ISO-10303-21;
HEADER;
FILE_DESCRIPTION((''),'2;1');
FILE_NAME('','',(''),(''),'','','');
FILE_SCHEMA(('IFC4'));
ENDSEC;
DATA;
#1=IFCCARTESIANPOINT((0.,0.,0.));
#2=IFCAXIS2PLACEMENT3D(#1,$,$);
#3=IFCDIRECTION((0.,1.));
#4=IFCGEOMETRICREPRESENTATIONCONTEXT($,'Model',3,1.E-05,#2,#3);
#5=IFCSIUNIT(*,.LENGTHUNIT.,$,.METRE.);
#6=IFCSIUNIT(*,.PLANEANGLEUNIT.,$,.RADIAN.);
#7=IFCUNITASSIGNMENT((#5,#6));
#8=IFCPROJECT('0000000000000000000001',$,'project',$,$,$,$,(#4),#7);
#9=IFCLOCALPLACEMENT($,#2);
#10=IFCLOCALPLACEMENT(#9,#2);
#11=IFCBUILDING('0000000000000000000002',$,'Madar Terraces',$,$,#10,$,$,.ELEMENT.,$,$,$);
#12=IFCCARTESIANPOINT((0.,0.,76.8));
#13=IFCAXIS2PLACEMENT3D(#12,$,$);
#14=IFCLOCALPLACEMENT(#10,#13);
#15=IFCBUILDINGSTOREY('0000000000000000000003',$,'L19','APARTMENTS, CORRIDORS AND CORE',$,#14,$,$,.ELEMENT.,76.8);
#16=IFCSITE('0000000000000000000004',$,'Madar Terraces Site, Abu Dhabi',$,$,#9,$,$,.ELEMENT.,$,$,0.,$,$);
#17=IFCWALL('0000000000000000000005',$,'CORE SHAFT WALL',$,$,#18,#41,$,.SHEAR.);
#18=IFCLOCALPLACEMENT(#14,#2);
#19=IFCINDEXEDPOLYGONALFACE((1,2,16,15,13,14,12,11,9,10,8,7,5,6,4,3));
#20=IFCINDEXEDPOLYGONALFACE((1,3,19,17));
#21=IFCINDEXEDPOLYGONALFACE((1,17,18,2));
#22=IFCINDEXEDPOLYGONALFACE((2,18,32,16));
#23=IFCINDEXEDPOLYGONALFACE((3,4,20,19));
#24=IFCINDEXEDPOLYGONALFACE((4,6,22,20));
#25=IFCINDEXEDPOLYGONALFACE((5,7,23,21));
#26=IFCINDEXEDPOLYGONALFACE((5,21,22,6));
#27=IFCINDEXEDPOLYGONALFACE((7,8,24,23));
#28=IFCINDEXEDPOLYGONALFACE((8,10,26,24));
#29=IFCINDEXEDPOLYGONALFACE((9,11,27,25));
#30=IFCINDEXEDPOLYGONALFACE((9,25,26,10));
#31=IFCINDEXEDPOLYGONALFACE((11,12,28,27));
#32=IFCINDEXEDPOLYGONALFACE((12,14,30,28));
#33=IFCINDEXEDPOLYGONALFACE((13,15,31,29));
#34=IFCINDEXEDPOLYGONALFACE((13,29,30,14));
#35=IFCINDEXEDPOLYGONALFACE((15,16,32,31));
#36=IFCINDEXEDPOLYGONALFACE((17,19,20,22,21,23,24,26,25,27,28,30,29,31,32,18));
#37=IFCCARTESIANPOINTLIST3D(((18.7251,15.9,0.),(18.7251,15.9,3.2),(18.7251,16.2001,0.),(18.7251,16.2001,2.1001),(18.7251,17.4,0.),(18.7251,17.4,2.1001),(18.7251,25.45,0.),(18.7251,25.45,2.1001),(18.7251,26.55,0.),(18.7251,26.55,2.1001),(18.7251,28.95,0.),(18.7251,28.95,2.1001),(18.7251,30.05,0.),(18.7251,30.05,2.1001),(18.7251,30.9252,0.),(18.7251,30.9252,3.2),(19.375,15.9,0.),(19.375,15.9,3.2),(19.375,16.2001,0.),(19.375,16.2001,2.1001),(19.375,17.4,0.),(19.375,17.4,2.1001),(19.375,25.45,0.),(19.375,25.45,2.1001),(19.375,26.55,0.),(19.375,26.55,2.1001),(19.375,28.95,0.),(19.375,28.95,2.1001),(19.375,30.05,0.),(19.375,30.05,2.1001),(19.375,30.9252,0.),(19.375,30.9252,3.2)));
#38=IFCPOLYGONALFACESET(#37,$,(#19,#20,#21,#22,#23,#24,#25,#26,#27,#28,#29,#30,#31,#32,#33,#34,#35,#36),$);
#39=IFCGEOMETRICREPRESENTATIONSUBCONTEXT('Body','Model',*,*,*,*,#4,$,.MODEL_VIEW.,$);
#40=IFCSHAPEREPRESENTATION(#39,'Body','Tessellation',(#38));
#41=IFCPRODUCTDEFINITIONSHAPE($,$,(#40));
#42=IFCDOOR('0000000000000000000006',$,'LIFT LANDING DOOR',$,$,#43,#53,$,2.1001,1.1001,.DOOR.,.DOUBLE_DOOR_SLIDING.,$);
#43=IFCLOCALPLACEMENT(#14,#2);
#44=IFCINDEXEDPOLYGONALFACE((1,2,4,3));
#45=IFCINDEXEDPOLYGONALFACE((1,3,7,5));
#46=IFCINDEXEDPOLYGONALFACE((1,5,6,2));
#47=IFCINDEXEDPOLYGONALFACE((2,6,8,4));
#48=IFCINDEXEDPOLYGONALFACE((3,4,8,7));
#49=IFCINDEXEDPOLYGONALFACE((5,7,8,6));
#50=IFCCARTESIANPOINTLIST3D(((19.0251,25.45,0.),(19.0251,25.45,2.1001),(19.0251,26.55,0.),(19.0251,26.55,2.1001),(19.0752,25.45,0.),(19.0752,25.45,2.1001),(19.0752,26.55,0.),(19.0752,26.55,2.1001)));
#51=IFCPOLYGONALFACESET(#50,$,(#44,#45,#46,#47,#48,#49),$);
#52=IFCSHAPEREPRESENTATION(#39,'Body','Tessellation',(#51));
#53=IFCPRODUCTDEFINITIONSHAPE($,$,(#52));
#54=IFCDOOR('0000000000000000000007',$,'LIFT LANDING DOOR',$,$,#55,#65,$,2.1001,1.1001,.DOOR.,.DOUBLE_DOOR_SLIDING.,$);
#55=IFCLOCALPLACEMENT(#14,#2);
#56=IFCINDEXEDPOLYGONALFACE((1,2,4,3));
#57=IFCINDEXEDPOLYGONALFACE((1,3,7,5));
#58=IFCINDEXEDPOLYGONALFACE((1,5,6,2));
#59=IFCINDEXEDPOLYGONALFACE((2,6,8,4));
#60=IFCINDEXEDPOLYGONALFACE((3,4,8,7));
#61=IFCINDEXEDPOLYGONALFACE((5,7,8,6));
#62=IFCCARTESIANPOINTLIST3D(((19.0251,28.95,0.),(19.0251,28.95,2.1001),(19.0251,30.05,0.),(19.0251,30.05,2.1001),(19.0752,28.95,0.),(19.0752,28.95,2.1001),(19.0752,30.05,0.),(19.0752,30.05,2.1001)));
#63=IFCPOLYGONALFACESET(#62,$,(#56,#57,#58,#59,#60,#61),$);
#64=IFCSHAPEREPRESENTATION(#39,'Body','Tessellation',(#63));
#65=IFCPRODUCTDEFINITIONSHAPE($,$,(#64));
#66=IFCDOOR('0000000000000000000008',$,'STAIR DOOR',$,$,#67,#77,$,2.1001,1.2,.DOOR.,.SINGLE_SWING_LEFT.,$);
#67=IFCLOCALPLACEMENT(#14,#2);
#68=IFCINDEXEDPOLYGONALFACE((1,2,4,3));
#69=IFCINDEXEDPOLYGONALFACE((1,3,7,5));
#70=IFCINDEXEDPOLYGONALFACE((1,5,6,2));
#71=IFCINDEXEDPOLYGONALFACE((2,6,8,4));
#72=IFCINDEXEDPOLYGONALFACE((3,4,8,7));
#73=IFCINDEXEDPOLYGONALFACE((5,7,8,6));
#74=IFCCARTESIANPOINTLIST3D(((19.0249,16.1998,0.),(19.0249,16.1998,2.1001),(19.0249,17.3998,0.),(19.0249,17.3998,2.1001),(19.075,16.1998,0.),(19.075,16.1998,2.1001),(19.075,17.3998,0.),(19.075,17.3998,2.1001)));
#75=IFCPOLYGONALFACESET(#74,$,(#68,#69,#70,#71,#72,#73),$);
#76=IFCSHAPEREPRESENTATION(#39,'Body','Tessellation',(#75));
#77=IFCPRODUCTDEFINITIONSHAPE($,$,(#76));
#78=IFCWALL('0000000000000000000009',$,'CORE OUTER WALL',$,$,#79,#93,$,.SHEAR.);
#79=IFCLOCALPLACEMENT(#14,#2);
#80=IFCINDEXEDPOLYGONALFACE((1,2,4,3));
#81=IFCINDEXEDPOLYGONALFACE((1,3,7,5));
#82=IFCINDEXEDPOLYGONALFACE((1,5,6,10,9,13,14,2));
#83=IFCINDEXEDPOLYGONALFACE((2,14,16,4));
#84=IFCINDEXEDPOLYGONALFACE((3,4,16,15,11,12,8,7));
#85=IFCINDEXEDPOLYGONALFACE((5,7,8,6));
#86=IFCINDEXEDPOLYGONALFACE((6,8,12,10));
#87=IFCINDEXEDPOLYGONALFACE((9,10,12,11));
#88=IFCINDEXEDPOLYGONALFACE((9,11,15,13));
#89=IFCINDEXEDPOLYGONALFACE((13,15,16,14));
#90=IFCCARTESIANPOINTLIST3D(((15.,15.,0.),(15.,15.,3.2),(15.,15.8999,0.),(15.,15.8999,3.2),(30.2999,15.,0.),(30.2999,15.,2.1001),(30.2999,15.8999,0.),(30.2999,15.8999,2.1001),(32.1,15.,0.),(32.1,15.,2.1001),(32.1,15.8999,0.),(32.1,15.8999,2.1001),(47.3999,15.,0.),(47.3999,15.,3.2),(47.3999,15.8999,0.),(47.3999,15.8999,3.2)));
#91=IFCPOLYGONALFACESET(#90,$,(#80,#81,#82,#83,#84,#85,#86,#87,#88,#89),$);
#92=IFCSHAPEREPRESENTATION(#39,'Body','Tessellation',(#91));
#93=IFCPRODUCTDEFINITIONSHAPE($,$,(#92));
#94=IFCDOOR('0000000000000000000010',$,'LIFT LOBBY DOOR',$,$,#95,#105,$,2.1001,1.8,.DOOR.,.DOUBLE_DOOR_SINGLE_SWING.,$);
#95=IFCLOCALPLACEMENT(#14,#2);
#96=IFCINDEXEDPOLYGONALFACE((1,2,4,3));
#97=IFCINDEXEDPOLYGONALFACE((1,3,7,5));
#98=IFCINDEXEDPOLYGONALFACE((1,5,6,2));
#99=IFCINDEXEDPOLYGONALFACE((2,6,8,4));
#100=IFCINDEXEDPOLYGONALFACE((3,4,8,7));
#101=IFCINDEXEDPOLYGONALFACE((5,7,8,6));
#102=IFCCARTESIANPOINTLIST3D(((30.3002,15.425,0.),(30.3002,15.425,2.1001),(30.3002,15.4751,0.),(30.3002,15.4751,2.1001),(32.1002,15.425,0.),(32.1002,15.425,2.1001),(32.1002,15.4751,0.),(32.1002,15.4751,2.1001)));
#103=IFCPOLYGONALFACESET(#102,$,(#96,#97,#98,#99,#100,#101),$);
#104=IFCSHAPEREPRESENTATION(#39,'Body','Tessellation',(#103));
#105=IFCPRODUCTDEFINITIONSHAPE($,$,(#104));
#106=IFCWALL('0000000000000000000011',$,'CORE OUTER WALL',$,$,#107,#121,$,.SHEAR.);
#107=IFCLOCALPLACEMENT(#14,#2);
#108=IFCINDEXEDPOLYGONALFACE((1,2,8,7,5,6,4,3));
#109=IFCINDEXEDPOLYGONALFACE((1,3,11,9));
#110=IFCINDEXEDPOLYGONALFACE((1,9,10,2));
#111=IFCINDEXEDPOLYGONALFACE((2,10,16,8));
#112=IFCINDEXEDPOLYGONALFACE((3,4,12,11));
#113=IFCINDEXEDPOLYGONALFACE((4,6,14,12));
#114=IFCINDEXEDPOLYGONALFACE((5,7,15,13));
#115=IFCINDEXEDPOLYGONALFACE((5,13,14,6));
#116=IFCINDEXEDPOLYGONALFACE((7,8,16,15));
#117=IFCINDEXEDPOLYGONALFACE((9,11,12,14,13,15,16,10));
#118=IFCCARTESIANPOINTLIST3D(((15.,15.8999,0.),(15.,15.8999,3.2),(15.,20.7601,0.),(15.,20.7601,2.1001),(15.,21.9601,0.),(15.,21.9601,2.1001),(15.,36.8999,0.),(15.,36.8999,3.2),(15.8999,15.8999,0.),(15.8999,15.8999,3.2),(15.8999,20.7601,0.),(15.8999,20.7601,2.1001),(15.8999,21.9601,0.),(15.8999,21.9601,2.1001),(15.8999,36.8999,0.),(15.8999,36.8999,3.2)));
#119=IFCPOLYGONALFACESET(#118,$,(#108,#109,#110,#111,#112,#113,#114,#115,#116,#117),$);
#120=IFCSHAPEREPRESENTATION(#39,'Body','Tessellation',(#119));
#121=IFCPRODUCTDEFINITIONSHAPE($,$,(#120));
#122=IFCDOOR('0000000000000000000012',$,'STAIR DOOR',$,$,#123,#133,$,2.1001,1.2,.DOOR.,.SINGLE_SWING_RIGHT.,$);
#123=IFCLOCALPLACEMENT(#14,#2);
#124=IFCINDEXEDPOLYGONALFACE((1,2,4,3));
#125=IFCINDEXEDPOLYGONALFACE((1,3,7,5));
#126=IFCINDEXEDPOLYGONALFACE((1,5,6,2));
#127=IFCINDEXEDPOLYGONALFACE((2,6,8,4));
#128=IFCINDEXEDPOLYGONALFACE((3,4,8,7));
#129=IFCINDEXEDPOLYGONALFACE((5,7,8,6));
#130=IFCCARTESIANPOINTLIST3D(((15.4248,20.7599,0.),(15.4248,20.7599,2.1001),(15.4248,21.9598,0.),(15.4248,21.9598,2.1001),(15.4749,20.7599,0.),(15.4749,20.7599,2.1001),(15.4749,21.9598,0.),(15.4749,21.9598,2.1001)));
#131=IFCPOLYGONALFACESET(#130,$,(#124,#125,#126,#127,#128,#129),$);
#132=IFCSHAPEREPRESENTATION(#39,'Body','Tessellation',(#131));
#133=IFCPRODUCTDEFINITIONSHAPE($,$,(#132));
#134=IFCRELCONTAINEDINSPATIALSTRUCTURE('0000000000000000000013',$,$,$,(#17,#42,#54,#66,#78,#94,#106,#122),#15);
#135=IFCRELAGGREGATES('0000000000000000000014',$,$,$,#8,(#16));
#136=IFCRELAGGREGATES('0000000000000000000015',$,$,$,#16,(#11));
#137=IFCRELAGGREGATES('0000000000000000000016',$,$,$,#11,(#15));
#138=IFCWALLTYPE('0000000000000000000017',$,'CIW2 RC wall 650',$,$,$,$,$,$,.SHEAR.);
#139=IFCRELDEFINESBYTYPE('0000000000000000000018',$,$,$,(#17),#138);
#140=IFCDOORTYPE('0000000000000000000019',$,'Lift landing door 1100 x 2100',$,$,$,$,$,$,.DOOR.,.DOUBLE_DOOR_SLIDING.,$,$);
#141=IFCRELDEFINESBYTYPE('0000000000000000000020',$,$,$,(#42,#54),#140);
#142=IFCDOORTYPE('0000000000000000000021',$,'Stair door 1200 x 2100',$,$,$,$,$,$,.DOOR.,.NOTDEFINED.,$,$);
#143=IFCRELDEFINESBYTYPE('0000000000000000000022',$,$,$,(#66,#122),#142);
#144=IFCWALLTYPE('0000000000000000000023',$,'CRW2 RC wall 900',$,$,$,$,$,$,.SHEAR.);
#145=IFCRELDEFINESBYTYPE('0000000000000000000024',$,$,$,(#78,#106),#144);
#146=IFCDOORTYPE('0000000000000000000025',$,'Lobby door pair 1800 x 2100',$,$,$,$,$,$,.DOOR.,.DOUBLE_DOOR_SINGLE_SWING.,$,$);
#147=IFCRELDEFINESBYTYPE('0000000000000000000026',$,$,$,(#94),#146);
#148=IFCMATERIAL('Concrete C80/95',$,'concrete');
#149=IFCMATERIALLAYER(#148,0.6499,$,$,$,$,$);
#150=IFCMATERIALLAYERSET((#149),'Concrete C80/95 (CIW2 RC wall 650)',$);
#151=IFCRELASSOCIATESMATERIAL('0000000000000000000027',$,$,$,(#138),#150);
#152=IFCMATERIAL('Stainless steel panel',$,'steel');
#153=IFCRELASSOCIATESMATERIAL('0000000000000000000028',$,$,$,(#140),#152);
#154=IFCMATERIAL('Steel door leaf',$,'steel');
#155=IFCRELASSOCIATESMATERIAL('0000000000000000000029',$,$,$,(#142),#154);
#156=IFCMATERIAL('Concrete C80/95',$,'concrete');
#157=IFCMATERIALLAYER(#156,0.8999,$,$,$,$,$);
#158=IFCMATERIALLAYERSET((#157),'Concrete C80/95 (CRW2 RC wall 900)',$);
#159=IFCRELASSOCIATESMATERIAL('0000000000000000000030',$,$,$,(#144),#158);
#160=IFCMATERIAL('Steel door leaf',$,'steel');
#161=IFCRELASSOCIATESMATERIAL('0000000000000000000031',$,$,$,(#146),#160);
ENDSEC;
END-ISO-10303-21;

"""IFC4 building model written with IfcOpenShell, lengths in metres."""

from ifc_helpers import new_model, si_unit, direction, frame, frame_2d, origin, place, context, subcontext, project, spatial, rectangle, extrude, material, layer, layer_set, type_object, element, fill, save


model = new_model("IFC4")

# Units and contexts
model_context = context("Model", 3, precision=1e-05, world=origin(), true_north=direction((0.0, 1.0)))
body_context = subcontext(model_context, "Body", "Model", "MODEL_VIEW")
ifc_project = project(units=[si_unit("LENGTHUNIT", "METRE"), si_unit("PLANEANGLEUNIT", "RADIAN")], contexts=[model_context])

# Site, building, storey
site_placement = place(None, origin())
site = spatial("IfcSite", under=ifc_project, at=site_placement, Name="Madar Terraces Site, Abu Dhabi", CompositionType="ELEMENT", RefElevation=0.0)
building_placement = place(site_placement, origin())
building = spatial("IfcBuilding", under=site, at=building_placement, Name="Madar Terraces", CompositionType="ELEMENT")
storey_placement = place(building_placement, frame((0.0, 0.0, 76.8)))
storey = spatial("IfcBuildingStorey", under=building, at=storey_placement, Name="L19", Description="APARTMENTS, CORRIDORS AND CORE", CompositionType="ELEMENT", Elevation=76.8)

# Wall, openings, doors
ifc_material_1 = material(Name="Concrete C80/95", Category="concrete")
ifc_layer_1 = layer(ifc_material_1, 0.6499)
ifc_layer_set_1 = layer_set([ifc_layer_1], Name="Concrete C80/95 (CIW2 RC wall 650)")
wall_type_1 = type_object("IfcWallType", Name="CIW2 RC wall 650", PredefinedType="SHEAR", material=ifc_layer_set_1)
wall_1_placement = place(storey_placement, frame((19.05, 15.8999, 0.0), z_axis=(0.0, 0.0, 1.0), x_axis=(0.0, 1.0, 0.0)))
wall_1 = element("IfcWall", 1, at=wall_1_placement, inside=storey, type_object=wall_type_1, Name="CORE SHAFT WALL", PredefinedType="SHEAR", context=body_context, shape_type="SweptSolid", body=[
    extrude(rectangle(XDim=15.0251, YDim=0.6499, at=frame_2d((7.5127, 0.0))), origin(), (0.0, 0.0, 1.0), 3.2),
])
opening_1_placement = place(wall_1_placement, frame((9.55, 0.0, 0.0)))
opening_1 = element("IfcOpeningElement", 2, at=opening_1_placement, cuts=wall_1, PredefinedType="OPENING", context=body_context, shape_type="SweptSolid", body=[
    extrude(rectangle(XDim=1.1001, YDim=2.1001, at=frame_2d((0.55, 1.05))), frame((0.0, 0.335, 0.0), z_axis=(0.0, -1.0, 0.0), x_axis=(1.0, 0.0, 0.0)), (0.0, 0.0, 1.0), 0.6699),
])
opening_2_placement = place(wall_1_placement, frame((13.05, 0.0, 0.0)))
opening_2 = element("IfcOpeningElement", 3, at=opening_2_placement, cuts=wall_1, PredefinedType="OPENING", context=body_context, shape_type="SweptSolid", body=[
    extrude(rectangle(XDim=1.1001, YDim=2.1001, at=frame_2d((0.55, 1.05))), frame((0.0, 0.335, 0.0), z_axis=(0.0, -1.0, 0.0), x_axis=(1.0, 0.0, 0.0)), (0.0, 0.0, 1.0), 0.6699),
])
opening_3_placement = place(wall_1_placement, frame((0.3, 0.0, 0.0)))
opening_3 = element("IfcOpeningElement", 4, at=opening_3_placement, cuts=wall_1, PredefinedType="OPENING", context=body_context, shape_type="SweptSolid", body=[
    extrude(rectangle(XDim=1.2, YDim=2.1001, at=frame_2d((0.6001, 1.05))), frame((0.0, 0.335, 0.0), z_axis=(0.0, -1.0, 0.0), x_axis=(1.0, 0.0, 0.0)), (0.0, 0.0, 1.0), 0.6699),
])
ifc_material_2 = material(Name="Stainless steel panel", Category="steel")
door_type_1 = type_object("IfcDoorType", Name="Lift landing door 1100 x 2100", OperationType="DOUBLE_DOOR_SLIDING", PredefinedType="DOOR", material=ifc_material_2)
door_1_placement = place(opening_1_placement, origin())
door_1 = element("IfcDoor", 5, at=door_1_placement, inside=storey, type_object=door_type_1, Name="LIFT LANDING DOOR", OperationType="DOUBLE_DOOR_SLIDING", OverallHeight=2.1001, OverallWidth=1.1001, PredefinedType="DOOR", context=body_context, shape_type="SweptSolid", body=[
    extrude(rectangle(XDim=1.1001, YDim=2.1001, at=frame_2d((0.55, 1.05))), frame((0.0, 0.0249, 0.0), z_axis=(0.0, -1.0, 0.0), x_axis=(1.0, 0.0, 0.0)), (0.0, 0.0, 1.0), 0.05),
])
fill(opening_1, door_1)
door_2_placement = place(opening_2_placement, origin())
door_2 = element("IfcDoor", 6, at=door_2_placement, inside=storey, type_object=door_type_1, Name="LIFT LANDING DOOR", OperationType="DOUBLE_DOOR_SLIDING", OverallHeight=2.1001, OverallWidth=1.1001, PredefinedType="DOOR", context=body_context, shape_type="SweptSolid", body=[
    extrude(rectangle(XDim=1.1001, YDim=2.1001, at=frame_2d((0.55, 1.05))), frame((0.0, 0.0249, 0.0), z_axis=(0.0, -1.0, 0.0), x_axis=(1.0, 0.0, 0.0)), (0.0, 0.0, 1.0), 0.05),
])
fill(opening_2, door_2)
ifc_material_3 = material(Name="Steel door leaf", Category="steel")
door_type_2 = type_object("IfcDoorType", Name="Stair door 1200 x 2100", OperationType="NOTDEFINED", PredefinedType="DOOR", material=ifc_material_3)
door_3_placement = place(opening_3_placement, frame((1.2, 0.0, 0.0), z_axis=(0.0, 0.0, 1.0), x_axis=(-1.0, 0.0, 0.0)))
door_3 = element("IfcDoor", 7, at=door_3_placement, inside=storey, type_object=door_type_2, Name="STAIR DOOR", OperationType="SINGLE_SWING_LEFT", OverallHeight=2.1001, OverallWidth=1.2, PredefinedType="DOOR", context=body_context, shape_type="SweptSolid", body=[
    extrude(rectangle(XDim=1.2, YDim=2.1001, at=frame_2d((0.6001, 1.05))), frame((0.0, 0.0249, 0.0), z_axis=(0.0, -1.0, 0.0), x_axis=(1.0, 0.0, 0.0)), (0.0, 0.0, 1.0), 0.05),
])
fill(opening_3, door_3)

# Walls, openings, doors
ifc_material_4 = material(Name="Concrete C80/95", Category="concrete")
ifc_layer_2 = layer(ifc_material_4, 0.8999)
ifc_layer_set_2 = layer_set([ifc_layer_2], Name="Concrete C80/95 (CRW2 RC wall 900)")
wall_type_2 = type_object("IfcWallType", Name="CRW2 RC wall 900", PredefinedType="SHEAR", material=ifc_layer_set_2)
wall_2_placement = place(storey_placement, frame((15.0, 15.45, 0.0), z_axis=(0.0, 0.0, 1.0), x_axis=(1.0, 0.0, 0.0)))
wall_2 = element("IfcWall", 8, at=wall_2_placement, inside=storey, type_object=wall_type_2, Name="CORE OUTER WALL", PredefinedType="SHEAR", context=body_context, shape_type="SweptSolid", body=[
    extrude(rectangle(XDim=32.3999, YDim=0.8999, at=frame_2d((16.2, 0.0))), origin(), (0.0, 0.0, 1.0), 3.2),
])
opening_4_placement = place(wall_2_placement, frame((15.3, 0.0, 0.0)))
opening_4 = element("IfcOpeningElement", 9, at=opening_4_placement, cuts=wall_2, PredefinedType="OPENING", context=body_context, shape_type="SweptSolid", body=[
    extrude(rectangle(XDim=1.8, YDim=2.1001, at=frame_2d((0.8999, 1.05))), frame((0.0, 0.46, 0.0), z_axis=(0.0, -1.0, 0.0), x_axis=(1.0, 0.0, 0.0)), (0.0, 0.0, 1.0), 0.9199),
])
ifc_material_5 = material(Name="Steel door leaf", Category="steel")
door_type_3 = type_object("IfcDoorType", Name="Lobby door pair 1800 x 2100", OperationType="DOUBLE_DOOR_SINGLE_SWING", PredefinedType="DOOR", material=ifc_material_5)
door_4_placement = place(opening_4_placement, frame((1.8, 0.0, 0.0), z_axis=(0.0, 0.0, 1.0), x_axis=(-1.0, 0.0, 0.0)))
door_4 = element("IfcDoor", 10, at=door_4_placement, inside=storey, type_object=door_type_3, Name="LIFT LOBBY DOOR", OperationType="DOUBLE_DOOR_SINGLE_SWING", OverallHeight=2.1001, OverallWidth=1.8, PredefinedType="DOOR", context=body_context, shape_type="SweptSolid", body=[
    extrude(rectangle(XDim=1.8, YDim=2.1001, at=frame_2d((0.8999, 1.05))), frame((0.0, 0.0249, 0.0), z_axis=(0.0, -1.0, 0.0), x_axis=(1.0, 0.0, 0.0)), (0.0, 0.0, 1.0), 0.05),
])
fill(opening_4, door_4)
wall_3_placement = place(storey_placement, frame((15.45, 15.8999, 0.0), z_axis=(0.0, 0.0, 1.0), x_axis=(0.0, 1.0, 0.0)))
wall_3 = element("IfcWall", 11, at=wall_3_placement, inside=storey, type_object=wall_type_2, Name="CORE OUTER WALL", PredefinedType="SHEAR", context=body_context, shape_type="SweptSolid", body=[
    extrude(rectangle(XDim=21.0, YDim=0.8999, at=frame_2d((10.5, 0.0))), origin(), (0.0, 0.0, 1.0), 3.2),
])
opening_5_placement = place(wall_3_placement, frame((4.8601, 0.0, 0.0)))
opening_5 = element("IfcOpeningElement", 12, at=opening_5_placement, cuts=wall_3, PredefinedType="OPENING", context=body_context, shape_type="SweptSolid", body=[
    extrude(rectangle(XDim=1.2, YDim=2.1001, at=frame_2d((0.6001, 1.05))), frame((0.0, 0.46, 0.0), z_axis=(0.0, -1.0, 0.0), x_axis=(1.0, 0.0, 0.0)), (0.0, 0.0, 1.0), 0.9199),
])
door_5_placement = place(opening_5_placement, frame((1.2, 0.0, 0.0), z_axis=(0.0, 0.0, 1.0), x_axis=(-1.0, 0.0, 0.0)))
door_5 = element("IfcDoor", 13, at=door_5_placement, inside=storey, type_object=door_type_2, Name="STAIR DOOR", OperationType="SINGLE_SWING_RIGHT", OverallHeight=2.1001, OverallWidth=1.2, PredefinedType="DOOR", context=body_context, shape_type="SweptSolid", body=[
    extrude(rectangle(XDim=1.2, YDim=2.1001, at=frame_2d((0.6001, 1.05))), frame((0.0, 0.0249, 0.0), z_axis=(0.0, -1.0, 0.0), x_axis=(1.0, 0.0, 0.0)), (0.0, 0.0, 1.0), 0.05),
])
fill(opening_5, door_5)

save(model, "model.ifc")
